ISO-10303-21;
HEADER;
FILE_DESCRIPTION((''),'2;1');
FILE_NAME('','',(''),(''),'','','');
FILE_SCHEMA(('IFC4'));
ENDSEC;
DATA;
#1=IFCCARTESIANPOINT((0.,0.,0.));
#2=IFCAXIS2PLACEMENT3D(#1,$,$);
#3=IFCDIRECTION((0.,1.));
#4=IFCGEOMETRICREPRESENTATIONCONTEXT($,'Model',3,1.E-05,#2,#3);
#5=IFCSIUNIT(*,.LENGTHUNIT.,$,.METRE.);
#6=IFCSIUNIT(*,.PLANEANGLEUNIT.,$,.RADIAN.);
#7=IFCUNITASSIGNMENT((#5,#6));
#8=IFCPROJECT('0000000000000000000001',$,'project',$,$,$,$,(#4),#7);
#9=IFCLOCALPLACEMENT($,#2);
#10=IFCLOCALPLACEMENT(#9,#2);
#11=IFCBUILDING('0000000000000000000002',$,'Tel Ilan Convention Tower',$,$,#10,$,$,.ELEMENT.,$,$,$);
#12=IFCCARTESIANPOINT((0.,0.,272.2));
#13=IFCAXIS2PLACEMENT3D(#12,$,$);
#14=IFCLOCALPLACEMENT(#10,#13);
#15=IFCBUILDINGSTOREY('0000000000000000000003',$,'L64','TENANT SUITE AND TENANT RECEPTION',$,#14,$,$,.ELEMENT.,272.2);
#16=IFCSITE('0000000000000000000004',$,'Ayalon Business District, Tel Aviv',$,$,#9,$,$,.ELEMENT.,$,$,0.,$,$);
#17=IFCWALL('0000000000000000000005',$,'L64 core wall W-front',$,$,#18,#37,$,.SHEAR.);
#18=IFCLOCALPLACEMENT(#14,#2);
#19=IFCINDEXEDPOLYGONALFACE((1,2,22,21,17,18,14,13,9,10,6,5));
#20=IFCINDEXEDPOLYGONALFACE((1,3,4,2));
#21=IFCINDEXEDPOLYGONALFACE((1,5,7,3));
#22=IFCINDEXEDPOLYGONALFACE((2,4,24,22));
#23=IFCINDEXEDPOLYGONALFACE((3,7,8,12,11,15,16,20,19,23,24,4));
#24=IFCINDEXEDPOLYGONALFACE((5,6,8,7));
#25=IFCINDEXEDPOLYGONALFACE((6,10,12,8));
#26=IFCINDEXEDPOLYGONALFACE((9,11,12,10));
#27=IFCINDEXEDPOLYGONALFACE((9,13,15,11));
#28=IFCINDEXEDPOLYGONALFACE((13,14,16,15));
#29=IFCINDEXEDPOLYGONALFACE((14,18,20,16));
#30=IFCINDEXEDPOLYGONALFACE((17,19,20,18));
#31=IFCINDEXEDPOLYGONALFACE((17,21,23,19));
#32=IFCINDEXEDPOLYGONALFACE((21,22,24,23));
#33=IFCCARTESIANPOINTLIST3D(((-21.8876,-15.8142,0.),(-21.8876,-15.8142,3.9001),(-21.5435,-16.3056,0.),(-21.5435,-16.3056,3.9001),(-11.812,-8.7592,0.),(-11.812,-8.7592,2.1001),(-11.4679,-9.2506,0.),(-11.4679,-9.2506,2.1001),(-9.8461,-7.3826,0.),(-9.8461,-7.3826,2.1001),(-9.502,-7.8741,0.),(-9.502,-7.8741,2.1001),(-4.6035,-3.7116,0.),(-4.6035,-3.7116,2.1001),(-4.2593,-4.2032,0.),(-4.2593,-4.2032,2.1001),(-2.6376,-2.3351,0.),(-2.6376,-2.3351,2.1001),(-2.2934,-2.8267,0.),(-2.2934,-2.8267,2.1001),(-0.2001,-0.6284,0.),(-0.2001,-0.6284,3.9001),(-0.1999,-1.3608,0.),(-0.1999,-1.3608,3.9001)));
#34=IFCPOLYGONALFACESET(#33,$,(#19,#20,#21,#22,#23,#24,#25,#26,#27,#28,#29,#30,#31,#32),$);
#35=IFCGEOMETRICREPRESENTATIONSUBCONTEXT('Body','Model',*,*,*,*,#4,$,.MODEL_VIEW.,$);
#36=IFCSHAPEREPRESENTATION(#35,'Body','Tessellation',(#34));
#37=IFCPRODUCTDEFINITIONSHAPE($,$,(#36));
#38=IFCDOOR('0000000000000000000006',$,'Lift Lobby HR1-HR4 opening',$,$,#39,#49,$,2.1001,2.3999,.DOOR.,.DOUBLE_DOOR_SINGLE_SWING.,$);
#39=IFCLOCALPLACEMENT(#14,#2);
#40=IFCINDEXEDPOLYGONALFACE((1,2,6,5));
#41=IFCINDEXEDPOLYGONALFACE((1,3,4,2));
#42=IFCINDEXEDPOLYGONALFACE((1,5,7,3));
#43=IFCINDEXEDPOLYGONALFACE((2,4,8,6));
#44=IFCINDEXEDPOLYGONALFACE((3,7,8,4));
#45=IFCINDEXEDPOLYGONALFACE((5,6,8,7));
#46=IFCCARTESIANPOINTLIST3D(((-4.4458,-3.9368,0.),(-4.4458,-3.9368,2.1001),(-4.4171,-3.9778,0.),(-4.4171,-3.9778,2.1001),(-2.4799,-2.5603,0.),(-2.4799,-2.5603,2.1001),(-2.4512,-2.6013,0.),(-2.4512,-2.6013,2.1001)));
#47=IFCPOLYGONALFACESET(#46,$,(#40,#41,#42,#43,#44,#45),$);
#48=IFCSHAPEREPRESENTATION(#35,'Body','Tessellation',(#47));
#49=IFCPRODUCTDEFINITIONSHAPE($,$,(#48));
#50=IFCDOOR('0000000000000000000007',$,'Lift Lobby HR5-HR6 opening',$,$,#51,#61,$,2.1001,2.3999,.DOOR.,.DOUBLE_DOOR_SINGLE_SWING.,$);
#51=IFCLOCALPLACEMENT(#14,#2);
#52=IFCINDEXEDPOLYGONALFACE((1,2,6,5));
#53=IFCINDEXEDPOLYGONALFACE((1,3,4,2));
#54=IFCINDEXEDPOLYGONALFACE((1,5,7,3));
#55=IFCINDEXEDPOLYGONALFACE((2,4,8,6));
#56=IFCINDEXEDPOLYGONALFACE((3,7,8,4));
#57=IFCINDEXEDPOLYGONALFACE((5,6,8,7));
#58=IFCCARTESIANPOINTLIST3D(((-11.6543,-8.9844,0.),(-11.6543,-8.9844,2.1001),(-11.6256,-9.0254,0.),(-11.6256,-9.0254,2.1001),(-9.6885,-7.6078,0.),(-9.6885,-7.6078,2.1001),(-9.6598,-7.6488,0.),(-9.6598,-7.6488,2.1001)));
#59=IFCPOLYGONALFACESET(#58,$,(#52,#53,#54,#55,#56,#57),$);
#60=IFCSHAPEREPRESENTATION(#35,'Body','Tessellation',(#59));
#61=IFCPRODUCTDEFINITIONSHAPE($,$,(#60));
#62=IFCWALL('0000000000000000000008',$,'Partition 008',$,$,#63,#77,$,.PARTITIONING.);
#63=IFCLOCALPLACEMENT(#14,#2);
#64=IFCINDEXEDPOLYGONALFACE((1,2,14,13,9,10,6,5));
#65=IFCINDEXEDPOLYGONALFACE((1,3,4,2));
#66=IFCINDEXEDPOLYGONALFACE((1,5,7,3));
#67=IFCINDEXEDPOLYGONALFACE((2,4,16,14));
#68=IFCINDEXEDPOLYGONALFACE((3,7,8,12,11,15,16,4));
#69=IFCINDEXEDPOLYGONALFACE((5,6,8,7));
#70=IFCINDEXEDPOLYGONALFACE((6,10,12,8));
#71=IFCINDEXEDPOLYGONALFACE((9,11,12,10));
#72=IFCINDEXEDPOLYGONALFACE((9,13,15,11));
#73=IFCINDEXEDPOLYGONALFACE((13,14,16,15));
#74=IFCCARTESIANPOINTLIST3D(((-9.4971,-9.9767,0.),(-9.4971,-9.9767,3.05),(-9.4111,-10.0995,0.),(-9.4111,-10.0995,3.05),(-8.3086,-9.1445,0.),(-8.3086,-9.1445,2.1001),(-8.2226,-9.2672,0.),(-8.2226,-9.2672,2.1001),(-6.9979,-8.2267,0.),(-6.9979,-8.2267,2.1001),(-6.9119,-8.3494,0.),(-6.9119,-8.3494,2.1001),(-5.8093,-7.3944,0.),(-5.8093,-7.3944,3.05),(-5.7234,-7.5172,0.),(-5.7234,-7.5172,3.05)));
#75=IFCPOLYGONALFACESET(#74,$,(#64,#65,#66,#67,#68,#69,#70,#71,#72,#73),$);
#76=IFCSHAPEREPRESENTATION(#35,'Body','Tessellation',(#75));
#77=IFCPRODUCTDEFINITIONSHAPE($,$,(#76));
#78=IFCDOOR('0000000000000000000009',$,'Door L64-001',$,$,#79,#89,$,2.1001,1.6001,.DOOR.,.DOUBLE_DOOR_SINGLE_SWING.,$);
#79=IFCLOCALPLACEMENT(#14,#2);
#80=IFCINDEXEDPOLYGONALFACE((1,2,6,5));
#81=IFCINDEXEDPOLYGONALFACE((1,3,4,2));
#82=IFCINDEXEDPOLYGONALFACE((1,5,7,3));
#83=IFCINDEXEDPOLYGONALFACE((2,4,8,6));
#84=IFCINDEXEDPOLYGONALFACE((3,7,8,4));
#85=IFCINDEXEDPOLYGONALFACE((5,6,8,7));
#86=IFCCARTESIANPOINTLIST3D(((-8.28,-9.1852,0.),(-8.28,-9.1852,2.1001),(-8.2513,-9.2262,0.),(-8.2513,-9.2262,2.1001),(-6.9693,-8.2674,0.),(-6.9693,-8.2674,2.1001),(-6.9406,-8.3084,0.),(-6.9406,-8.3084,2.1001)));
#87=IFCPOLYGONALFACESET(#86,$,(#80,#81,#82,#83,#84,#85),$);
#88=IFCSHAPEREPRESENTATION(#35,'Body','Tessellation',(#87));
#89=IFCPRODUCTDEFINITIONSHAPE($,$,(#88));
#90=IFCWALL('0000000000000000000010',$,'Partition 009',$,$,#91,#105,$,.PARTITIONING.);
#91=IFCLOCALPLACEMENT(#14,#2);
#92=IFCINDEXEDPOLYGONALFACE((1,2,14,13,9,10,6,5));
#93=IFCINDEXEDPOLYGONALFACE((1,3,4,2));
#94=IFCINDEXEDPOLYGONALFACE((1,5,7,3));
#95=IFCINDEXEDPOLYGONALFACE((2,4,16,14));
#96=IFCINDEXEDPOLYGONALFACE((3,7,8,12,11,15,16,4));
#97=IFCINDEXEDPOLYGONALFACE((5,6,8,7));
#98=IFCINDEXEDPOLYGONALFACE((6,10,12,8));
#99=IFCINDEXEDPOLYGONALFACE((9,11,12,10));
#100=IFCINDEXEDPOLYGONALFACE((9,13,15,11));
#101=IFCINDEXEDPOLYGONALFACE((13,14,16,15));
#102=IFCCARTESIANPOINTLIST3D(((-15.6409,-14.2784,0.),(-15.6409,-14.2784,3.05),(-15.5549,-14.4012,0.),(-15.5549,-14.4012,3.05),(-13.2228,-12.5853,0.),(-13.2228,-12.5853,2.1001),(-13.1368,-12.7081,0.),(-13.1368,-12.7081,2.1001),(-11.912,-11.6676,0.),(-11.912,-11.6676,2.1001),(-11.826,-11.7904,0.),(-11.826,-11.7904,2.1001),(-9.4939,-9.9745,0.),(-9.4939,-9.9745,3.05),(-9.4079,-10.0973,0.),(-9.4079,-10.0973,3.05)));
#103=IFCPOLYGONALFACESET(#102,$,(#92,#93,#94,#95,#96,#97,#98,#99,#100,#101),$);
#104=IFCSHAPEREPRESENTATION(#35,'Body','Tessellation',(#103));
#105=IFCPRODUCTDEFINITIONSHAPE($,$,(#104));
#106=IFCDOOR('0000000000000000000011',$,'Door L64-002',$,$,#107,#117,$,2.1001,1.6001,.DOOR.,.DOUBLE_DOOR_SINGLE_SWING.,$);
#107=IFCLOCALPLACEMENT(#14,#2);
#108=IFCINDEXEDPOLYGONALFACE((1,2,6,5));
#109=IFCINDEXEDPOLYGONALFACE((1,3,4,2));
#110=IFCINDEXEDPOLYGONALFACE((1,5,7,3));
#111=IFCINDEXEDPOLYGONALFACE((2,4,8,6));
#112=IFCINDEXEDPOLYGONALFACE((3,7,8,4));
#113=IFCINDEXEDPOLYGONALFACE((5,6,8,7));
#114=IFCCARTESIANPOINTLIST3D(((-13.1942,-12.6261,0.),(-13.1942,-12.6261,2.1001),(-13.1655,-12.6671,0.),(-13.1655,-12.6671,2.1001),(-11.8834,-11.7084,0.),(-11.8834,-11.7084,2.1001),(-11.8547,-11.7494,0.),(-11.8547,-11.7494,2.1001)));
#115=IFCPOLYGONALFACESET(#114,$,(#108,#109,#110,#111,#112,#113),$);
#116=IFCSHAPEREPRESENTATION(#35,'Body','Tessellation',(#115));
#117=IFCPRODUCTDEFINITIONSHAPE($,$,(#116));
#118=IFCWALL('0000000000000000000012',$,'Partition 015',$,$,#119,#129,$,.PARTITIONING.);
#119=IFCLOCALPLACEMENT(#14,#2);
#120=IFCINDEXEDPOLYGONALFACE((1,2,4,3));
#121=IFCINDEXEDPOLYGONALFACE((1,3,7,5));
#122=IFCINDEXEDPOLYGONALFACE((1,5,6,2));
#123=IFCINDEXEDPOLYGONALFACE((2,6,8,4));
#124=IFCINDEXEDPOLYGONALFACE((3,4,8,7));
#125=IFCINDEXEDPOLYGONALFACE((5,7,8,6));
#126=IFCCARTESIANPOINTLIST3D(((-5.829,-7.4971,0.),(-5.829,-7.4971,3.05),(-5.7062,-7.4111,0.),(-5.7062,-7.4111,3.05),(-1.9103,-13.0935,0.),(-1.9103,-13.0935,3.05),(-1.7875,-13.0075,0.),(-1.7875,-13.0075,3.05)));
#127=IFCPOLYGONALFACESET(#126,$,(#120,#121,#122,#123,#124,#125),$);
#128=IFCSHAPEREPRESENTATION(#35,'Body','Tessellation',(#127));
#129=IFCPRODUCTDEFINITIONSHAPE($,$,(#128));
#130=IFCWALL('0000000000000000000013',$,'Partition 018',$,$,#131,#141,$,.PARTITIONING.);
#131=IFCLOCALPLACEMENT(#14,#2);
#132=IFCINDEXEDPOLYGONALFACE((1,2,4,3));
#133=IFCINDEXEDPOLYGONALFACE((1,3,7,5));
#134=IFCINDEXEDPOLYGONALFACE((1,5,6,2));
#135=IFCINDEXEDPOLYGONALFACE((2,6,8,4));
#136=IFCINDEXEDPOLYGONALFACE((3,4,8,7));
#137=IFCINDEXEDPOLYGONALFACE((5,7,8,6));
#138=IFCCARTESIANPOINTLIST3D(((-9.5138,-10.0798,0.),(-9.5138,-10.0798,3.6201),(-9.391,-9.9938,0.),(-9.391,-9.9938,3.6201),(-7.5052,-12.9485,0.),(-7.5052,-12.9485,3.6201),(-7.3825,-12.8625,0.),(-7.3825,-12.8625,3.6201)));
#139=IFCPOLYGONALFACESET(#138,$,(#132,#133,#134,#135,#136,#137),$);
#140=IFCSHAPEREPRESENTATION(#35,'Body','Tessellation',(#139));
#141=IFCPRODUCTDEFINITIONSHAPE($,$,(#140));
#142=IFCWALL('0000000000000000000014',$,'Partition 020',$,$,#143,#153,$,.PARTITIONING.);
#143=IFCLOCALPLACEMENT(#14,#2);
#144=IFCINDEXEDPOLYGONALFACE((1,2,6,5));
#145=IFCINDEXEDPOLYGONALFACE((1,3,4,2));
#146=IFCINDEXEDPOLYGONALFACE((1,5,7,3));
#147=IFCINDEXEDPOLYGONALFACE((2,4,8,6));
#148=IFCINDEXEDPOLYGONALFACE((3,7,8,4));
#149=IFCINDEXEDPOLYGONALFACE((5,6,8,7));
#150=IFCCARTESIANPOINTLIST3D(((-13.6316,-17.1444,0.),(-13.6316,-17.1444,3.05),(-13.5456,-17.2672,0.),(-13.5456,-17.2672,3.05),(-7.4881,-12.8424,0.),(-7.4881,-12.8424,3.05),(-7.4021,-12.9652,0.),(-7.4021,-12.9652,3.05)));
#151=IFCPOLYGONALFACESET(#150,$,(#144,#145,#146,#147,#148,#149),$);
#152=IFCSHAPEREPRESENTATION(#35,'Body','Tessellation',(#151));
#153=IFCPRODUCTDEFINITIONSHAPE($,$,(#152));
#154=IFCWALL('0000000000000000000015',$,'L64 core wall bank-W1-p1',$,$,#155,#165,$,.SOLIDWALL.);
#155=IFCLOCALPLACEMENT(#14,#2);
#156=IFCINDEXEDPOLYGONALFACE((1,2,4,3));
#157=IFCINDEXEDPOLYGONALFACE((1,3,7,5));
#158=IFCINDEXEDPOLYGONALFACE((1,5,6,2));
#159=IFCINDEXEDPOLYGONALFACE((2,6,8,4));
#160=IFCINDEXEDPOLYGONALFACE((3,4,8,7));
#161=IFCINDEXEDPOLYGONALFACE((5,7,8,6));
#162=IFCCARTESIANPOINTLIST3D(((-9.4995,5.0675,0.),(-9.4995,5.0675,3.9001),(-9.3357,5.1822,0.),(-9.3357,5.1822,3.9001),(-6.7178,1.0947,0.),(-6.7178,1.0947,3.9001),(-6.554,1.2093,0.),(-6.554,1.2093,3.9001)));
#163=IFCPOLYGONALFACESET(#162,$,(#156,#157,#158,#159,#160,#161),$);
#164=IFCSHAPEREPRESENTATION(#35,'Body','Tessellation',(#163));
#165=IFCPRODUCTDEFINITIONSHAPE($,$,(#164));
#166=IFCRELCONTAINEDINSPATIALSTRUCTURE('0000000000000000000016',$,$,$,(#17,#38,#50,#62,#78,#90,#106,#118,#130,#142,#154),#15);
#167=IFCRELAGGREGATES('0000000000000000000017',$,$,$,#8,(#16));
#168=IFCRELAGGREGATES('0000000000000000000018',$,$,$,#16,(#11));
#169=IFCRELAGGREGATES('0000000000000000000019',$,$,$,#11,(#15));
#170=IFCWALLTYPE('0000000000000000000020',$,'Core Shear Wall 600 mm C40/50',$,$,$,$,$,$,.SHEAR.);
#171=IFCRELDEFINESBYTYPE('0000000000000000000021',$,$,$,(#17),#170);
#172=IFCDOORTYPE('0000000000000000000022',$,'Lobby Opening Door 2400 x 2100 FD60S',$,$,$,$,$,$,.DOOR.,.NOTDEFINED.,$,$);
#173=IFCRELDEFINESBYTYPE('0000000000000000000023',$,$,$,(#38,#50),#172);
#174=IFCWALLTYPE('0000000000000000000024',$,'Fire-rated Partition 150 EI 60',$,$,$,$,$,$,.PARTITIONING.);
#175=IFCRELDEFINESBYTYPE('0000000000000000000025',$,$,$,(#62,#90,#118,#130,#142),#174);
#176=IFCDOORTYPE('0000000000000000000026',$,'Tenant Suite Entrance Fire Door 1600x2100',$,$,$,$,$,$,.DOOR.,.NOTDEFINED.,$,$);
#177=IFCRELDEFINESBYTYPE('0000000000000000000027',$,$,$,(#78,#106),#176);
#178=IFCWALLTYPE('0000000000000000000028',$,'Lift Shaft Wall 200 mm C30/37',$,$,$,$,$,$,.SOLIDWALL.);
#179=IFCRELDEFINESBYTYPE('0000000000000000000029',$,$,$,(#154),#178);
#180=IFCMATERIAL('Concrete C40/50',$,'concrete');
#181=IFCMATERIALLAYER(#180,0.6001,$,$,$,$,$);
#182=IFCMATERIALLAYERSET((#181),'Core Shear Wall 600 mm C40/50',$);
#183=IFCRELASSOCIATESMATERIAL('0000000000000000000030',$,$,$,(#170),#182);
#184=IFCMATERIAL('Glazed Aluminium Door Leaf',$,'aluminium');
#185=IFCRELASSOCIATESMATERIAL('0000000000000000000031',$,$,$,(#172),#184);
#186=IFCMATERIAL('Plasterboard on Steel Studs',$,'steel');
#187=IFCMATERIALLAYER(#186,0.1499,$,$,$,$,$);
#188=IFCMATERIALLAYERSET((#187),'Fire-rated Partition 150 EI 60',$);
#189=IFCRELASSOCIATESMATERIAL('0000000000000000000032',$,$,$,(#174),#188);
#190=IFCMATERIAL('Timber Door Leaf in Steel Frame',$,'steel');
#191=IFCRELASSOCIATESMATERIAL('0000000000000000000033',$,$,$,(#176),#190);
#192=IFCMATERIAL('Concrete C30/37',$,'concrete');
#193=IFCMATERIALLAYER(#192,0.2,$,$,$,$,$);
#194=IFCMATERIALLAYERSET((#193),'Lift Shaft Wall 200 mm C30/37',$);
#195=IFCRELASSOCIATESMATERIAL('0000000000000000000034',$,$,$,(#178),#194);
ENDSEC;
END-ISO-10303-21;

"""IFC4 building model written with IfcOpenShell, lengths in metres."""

from ifc_helpers import new_model, si_unit, direction, frame, frame_2d, origin, place, context, subcontext, project, spatial, polyline, rectangle, outline, extrude, material, layer, layer_set, type_object, element, fill, save


model = new_model("IFC4")

# Units and contexts
model_context = context("Model", 3, precision=1e-05, world=origin(), true_north=direction((0.0, 1.0)))
body_context = subcontext(model_context, "Body", "Model", "MODEL_VIEW")
ifc_project = project(units=[si_unit("LENGTHUNIT", "METRE"), si_unit("PLANEANGLEUNIT", "RADIAN")], contexts=[model_context])

# Site, building, storey
site_placement = place(None, origin())
site = spatial("IfcSite", under=ifc_project, at=site_placement, Name="Ayalon Business District, Tel Aviv", CompositionType="ELEMENT", RefElevation=0.0)
building_placement = place(site_placement, origin())
building = spatial("IfcBuilding", under=site, at=building_placement, Name="Tel Ilan Convention Tower", CompositionType="ELEMENT")
storey_placement = place(building_placement, frame((0.0, 0.0, 272.2)))
storey = spatial("IfcBuildingStorey", under=building, at=storey_placement, Name="L64", Description="TENANT SUITE AND TENANT RECEPTION", CompositionType="ELEMENT", Elevation=272.2)

# Wall, openings, doors
ifc_material_1 = material(Name="Concrete C40/50", Category="concrete")
ifc_layer_1 = layer(ifc_material_1, 0.6001)
ifc_layer_set_1 = layer_set([ifc_layer_1], Name="Core Shear Wall 600 mm C40/50")
wall_type_1 = type_object("IfcWallType", Name="Core Shear Wall 600 mm C40/50", PredefinedType="SHEAR", material=ifc_layer_set_1)
wall_1_placement = place(storey_placement, frame((-0.0278, -0.874, 0.0), z_axis=(0.0, 0.0, 1.0), x_axis=(-0.81915, -0.573579, 0.0)))
wall_1 = element("IfcWall", 1, at=wall_1_placement, inside=storey, type_object=wall_type_1, Name="L64 core wall W-front", PredefinedType="SHEAR", context=body_context, shape_type="SweptSolid", body=[
    extrude(outline(polyline([(26.4758, 0.2998), (0.4202, 0.3), (0.0002, -0.3), (26.4758, -0.3), (26.4758, 0.2998)])), origin(), (0.0, 0.0, 1.0), 3.9001),
])
opening_1_placement = place(wall_1_placement, frame((2.9758, 0.0, 0.0)))
opening_1 = element("IfcOpeningElement", 2, at=opening_1_placement, cuts=wall_1, PredefinedType="OPENING", context=body_context, shape_type="SweptSolid", body=[
    extrude(rectangle(XDim=2.3999, YDim=2.1001, at=frame_2d((1.2, 1.05))), frame((0.0, 0.3101, 0.0), z_axis=(0.0, -1.0, 0.0), x_axis=(1.0, 0.0, 0.0)), (0.0, 0.0, 1.0), 0.6201),
])
opening_2_placement = place(wall_1_placement, frame((11.7759, 0.0, 0.0)))
opening_2 = element("IfcOpeningElement", 3, at=opening_2_placement, cuts=wall_1, PredefinedType="OPENING", context=body_context, shape_type="SweptSolid", body=[
    extrude(rectangle(XDim=2.3999, YDim=2.1001, at=frame_2d((1.2, 1.05))), frame((0.0, 0.3101, 0.0), z_axis=(0.0, -1.0, 0.0), x_axis=(1.0, 0.0, 0.0)), (0.0, 0.0, 1.0), 0.6201),
])
ifc_material_2 = material(Name="Glazed Aluminium Door Leaf", Category="aluminium")
door_type_1 = type_object("IfcDoorType", Name="Lobby Opening Door 2400 x 2100 FD60S", OperationType="NOTDEFINED", PredefinedType="DOOR", material=ifc_material_2)
door_1_placement = place(opening_1_placement, origin())
door_1 = element("IfcDoor", 4, at=door_1_placement, inside=storey, type_object=door_type_1, Name="Lift Lobby HR1-HR4 opening", OperationType="DOUBLE_DOOR_SINGLE_SWING", OverallHeight=2.1001, OverallWidth=2.3999, PredefinedType="DOOR", context=body_context, shape_type="SweptSolid", body=[
    extrude(rectangle(XDim=2.3999, YDim=2.1001, at=frame_2d((1.2, 1.05))), frame((0.0, 0.0249, 0.0), z_axis=(0.0, -1.0, 0.0), x_axis=(1.0, 0.0, 0.0)), (0.0, 0.0, 1.0), 0.05),
])
fill(opening_1, door_1)
door_2_placement = place(opening_2_placement, origin())
door_2 = element("IfcDoor", 5, at=door_2_placement, inside=storey, type_object=door_type_1, Name="Lift Lobby HR5-HR6 opening", OperationType="DOUBLE_DOOR_SINGLE_SWING", OverallHeight=2.1001, OverallWidth=2.3999, PredefinedType="DOOR", context=body_context, shape_type="SweptSolid", body=[
    extrude(rectangle(XDim=2.3999, YDim=2.1001, at=frame_2d((1.2, 1.05))), frame((0.0, 0.0249, 0.0), z_axis=(0.0, -1.0, 0.0), x_axis=(1.0, 0.0, 0.0)), (0.0, 0.0, 1.0), 0.05),
])
fill(opening_2, door_2)

# Walls, openings, doors
ifc_material_3 = material(Name="Plasterboard on Steel Studs", Category="steel")
ifc_layer_2 = layer(ifc_material_3, 0.1499)
ifc_layer_set_2 = layer_set([ifc_layer_2], Name="Fire-rated Partition 150 EI 60")
wall_type_2 = type_object("IfcWallType", Name="Fire-rated Partition 150 EI 60", PredefinedType="PARTITIONING", material=ifc_layer_set_2)
wall_2_placement = place(storey_placement, frame((-5.7664, -7.4558, 0.0), z_axis=(0.0, 0.0, 1.0), x_axis=(-0.819143, -0.57359, 0.0)))
wall_2 = element("IfcWall", 6, at=wall_2_placement, inside=storey, type_object=wall_type_2, Name="Partition 008", PredefinedType="PARTITIONING", context=body_context, shape_type="SweptSolid", body=[
    extrude(rectangle(XDim=4.502, YDim=0.1499, at=frame_2d((2.251, 0.0))), origin(), (0.0, 0.0, 1.0), 3.05),
])
opening_3_placement = place(wall_2_placement, frame((1.4509, 0.0, 0.0)))
opening_3 = element("IfcOpeningElement", 7, at=opening_3_placement, cuts=wall_2, PredefinedType="OPENING", context=body_context, shape_type="SweptSolid", body=[
    extrude(rectangle(XDim=1.6001, YDim=2.1001, at=frame_2d((0.8, 1.05))), frame((0.0, 0.085, 0.0), z_axis=(0.0, -1.0, 0.0), x_axis=(1.0, 0.0, 0.0)), (0.0, 0.0, 1.0), 0.1699),
])
ifc_material_4 = material(Name="Timber Door Leaf in Steel Frame", Category="steel")
door_type_2 = type_object("IfcDoorType", Name="Tenant Suite Entrance Fire Door 1600x2100", OperationType="NOTDEFINED", PredefinedType="DOOR", material=ifc_material_4)
door_3_placement = place(opening_3_placement, origin())
door_3 = element("IfcDoor", 8, at=door_3_placement, inside=storey, type_object=door_type_2, Name="Door L64-001", OperationType="DOUBLE_DOOR_SINGLE_SWING", OverallHeight=2.1001, OverallWidth=1.6001, PredefinedType="DOOR", context=body_context, shape_type="SweptSolid", body=[
    extrude(rectangle(XDim=1.6001, YDim=2.1001, at=frame_2d((0.8, 1.05))), frame((0.0, 0.0249, 0.0), z_axis=(0.0, -1.0, 0.0), x_axis=(1.0, 0.0, 0.0)), (0.0, 0.0, 1.0), 0.05),
])
fill(opening_3, door_3)
wall_3_placement = place(storey_placement, frame((-9.4509, -10.0359, 0.0), z_axis=(0.0, 0.0, 1.0), x_axis=(-0.819165, -0.573558, 0.0)))
wall_3 = element("IfcWall", 9, at=wall_3_placement, inside=storey, type_object=wall_type_2, Name="Partition 009", PredefinedType="PARTITIONING", context=body_context, shape_type="SweptSolid", body=[
    extrude(rectangle(XDim=7.5039, YDim=0.1499, at=frame_2d((3.752, 0.0))), origin(), (0.0, 0.0, 1.0), 3.05),
])
opening_4_placement = place(wall_3_placement, frame((2.9519, 0.0, 0.0)))
opening_4 = element("IfcOpeningElement", 10, at=opening_4_placement, cuts=wall_3, PredefinedType="OPENING", context=body_context, shape_type="SweptSolid", body=[
    extrude(rectangle(XDim=1.6001, YDim=2.1001, at=frame_2d((0.8, 1.05))), frame((0.0, 0.085, 0.0), z_axis=(0.0, -1.0, 0.0), x_axis=(1.0, 0.0, 0.0)), (0.0, 0.0, 1.0), 0.1699),
])
door_4_placement = place(opening_4_placement, origin())
door_4 = element("IfcDoor", 11, at=door_4_placement, inside=storey, type_object=door_type_2, Name="Door L64-002", OperationType="DOUBLE_DOOR_SINGLE_SWING", OverallHeight=2.1001, OverallWidth=1.6001, PredefinedType="DOOR", context=body_context, shape_type="SweptSolid", body=[
    extrude(rectangle(XDim=1.6001, YDim=2.1001, at=frame_2d((0.8, 1.05))), frame((0.0, 0.0249, 0.0), z_axis=(0.0, -1.0, 0.0), x_axis=(1.0, 0.0, 0.0)), (0.0, 0.0, 1.0), 0.05),
])
fill(opening_4, door_4)

# Walls
wall_4_placement = place(storey_placement, frame((-1.8489, -13.0505, 0.0), z_axis=(0.0, 0.0, 1.0), x_axis=(-0.57358, 0.81915, 0.0)))
element("IfcWall", 12, at=wall_4_placement, inside=storey, type_object=wall_type_2, Name="Partition 015", PredefinedType="PARTITIONING", context=body_context, shape_type="SweptSolid", body=[
    extrude(rectangle(XDim=6.832, YDim=0.1499, at=frame_2d((3.416, 0.0))), origin(), (0.0, 0.0, 1.0), 3.05),
])
wall_5_placement = place(storey_placement, frame((-7.4438, -12.9055, 0.0), z_axis=(0.0, 0.0, 1.0), x_axis=(-0.573556, 0.819166, 0.0)))
element("IfcWall", 13, at=wall_5_placement, inside=storey, type_object=wall_type_2, Name="Partition 018", PredefinedType="PARTITIONING", context=body_context, shape_type="SweptSolid", body=[
    extrude(rectangle(XDim=3.502, YDim=0.1499, at=frame_2d((1.751, 0.0))), origin(), (0.0, 0.0, 1.0), 3.6201),
])
wall_6_placement = place(storey_placement, frame((-7.4451, -12.9038, 0.0), z_axis=(0.0, 0.0, 1.0), x_axis=(-0.819137, -0.573598, 0.0)))
element("IfcWall", 14, at=wall_6_placement, inside=storey, type_object=wall_type_2, Name="Partition 020", PredefinedType="PARTITIONING", context=body_context, shape_type="SweptSolid", body=[
    extrude(rectangle(XDim=7.5, YDim=0.1499, at=frame_2d((3.75, 0.0))), origin(), (0.0, 0.0, 1.0), 3.05),
])
ifc_material_5 = material(Name="Concrete C30/37", Category="concrete")
ifc_layer_3 = layer(ifc_material_5, 0.2)
ifc_layer_set_3 = layer_set([ifc_layer_3], Name="Lift Shaft Wall 200 mm C30/37")
wall_type_3 = type_object("IfcWallType", Name="Lift Shaft Wall 200 mm C30/37", PredefinedType="SOLIDWALL", material=ifc_layer_set_3)
wall_7_placement = place(storey_placement, frame((-6.636, 1.1521, 0.0), z_axis=(0.0, 0.0, 1.0), x_axis=(-0.57356, 0.819163, 0.0)))
element("IfcWall", 15, at=wall_7_placement, inside=storey, type_object=wall_type_3, Name="L64 core wall bank-W1-p1", PredefinedType="SOLIDWALL", context=body_context, shape_type="SweptSolid", body=[
    extrude(rectangle(XDim=4.8499, YDim=0.2, at=frame_2d((2.4248, 0.0))), origin(), (0.0, 0.0, 1.0), 3.9001),
])

save(model, "model.ifc")
